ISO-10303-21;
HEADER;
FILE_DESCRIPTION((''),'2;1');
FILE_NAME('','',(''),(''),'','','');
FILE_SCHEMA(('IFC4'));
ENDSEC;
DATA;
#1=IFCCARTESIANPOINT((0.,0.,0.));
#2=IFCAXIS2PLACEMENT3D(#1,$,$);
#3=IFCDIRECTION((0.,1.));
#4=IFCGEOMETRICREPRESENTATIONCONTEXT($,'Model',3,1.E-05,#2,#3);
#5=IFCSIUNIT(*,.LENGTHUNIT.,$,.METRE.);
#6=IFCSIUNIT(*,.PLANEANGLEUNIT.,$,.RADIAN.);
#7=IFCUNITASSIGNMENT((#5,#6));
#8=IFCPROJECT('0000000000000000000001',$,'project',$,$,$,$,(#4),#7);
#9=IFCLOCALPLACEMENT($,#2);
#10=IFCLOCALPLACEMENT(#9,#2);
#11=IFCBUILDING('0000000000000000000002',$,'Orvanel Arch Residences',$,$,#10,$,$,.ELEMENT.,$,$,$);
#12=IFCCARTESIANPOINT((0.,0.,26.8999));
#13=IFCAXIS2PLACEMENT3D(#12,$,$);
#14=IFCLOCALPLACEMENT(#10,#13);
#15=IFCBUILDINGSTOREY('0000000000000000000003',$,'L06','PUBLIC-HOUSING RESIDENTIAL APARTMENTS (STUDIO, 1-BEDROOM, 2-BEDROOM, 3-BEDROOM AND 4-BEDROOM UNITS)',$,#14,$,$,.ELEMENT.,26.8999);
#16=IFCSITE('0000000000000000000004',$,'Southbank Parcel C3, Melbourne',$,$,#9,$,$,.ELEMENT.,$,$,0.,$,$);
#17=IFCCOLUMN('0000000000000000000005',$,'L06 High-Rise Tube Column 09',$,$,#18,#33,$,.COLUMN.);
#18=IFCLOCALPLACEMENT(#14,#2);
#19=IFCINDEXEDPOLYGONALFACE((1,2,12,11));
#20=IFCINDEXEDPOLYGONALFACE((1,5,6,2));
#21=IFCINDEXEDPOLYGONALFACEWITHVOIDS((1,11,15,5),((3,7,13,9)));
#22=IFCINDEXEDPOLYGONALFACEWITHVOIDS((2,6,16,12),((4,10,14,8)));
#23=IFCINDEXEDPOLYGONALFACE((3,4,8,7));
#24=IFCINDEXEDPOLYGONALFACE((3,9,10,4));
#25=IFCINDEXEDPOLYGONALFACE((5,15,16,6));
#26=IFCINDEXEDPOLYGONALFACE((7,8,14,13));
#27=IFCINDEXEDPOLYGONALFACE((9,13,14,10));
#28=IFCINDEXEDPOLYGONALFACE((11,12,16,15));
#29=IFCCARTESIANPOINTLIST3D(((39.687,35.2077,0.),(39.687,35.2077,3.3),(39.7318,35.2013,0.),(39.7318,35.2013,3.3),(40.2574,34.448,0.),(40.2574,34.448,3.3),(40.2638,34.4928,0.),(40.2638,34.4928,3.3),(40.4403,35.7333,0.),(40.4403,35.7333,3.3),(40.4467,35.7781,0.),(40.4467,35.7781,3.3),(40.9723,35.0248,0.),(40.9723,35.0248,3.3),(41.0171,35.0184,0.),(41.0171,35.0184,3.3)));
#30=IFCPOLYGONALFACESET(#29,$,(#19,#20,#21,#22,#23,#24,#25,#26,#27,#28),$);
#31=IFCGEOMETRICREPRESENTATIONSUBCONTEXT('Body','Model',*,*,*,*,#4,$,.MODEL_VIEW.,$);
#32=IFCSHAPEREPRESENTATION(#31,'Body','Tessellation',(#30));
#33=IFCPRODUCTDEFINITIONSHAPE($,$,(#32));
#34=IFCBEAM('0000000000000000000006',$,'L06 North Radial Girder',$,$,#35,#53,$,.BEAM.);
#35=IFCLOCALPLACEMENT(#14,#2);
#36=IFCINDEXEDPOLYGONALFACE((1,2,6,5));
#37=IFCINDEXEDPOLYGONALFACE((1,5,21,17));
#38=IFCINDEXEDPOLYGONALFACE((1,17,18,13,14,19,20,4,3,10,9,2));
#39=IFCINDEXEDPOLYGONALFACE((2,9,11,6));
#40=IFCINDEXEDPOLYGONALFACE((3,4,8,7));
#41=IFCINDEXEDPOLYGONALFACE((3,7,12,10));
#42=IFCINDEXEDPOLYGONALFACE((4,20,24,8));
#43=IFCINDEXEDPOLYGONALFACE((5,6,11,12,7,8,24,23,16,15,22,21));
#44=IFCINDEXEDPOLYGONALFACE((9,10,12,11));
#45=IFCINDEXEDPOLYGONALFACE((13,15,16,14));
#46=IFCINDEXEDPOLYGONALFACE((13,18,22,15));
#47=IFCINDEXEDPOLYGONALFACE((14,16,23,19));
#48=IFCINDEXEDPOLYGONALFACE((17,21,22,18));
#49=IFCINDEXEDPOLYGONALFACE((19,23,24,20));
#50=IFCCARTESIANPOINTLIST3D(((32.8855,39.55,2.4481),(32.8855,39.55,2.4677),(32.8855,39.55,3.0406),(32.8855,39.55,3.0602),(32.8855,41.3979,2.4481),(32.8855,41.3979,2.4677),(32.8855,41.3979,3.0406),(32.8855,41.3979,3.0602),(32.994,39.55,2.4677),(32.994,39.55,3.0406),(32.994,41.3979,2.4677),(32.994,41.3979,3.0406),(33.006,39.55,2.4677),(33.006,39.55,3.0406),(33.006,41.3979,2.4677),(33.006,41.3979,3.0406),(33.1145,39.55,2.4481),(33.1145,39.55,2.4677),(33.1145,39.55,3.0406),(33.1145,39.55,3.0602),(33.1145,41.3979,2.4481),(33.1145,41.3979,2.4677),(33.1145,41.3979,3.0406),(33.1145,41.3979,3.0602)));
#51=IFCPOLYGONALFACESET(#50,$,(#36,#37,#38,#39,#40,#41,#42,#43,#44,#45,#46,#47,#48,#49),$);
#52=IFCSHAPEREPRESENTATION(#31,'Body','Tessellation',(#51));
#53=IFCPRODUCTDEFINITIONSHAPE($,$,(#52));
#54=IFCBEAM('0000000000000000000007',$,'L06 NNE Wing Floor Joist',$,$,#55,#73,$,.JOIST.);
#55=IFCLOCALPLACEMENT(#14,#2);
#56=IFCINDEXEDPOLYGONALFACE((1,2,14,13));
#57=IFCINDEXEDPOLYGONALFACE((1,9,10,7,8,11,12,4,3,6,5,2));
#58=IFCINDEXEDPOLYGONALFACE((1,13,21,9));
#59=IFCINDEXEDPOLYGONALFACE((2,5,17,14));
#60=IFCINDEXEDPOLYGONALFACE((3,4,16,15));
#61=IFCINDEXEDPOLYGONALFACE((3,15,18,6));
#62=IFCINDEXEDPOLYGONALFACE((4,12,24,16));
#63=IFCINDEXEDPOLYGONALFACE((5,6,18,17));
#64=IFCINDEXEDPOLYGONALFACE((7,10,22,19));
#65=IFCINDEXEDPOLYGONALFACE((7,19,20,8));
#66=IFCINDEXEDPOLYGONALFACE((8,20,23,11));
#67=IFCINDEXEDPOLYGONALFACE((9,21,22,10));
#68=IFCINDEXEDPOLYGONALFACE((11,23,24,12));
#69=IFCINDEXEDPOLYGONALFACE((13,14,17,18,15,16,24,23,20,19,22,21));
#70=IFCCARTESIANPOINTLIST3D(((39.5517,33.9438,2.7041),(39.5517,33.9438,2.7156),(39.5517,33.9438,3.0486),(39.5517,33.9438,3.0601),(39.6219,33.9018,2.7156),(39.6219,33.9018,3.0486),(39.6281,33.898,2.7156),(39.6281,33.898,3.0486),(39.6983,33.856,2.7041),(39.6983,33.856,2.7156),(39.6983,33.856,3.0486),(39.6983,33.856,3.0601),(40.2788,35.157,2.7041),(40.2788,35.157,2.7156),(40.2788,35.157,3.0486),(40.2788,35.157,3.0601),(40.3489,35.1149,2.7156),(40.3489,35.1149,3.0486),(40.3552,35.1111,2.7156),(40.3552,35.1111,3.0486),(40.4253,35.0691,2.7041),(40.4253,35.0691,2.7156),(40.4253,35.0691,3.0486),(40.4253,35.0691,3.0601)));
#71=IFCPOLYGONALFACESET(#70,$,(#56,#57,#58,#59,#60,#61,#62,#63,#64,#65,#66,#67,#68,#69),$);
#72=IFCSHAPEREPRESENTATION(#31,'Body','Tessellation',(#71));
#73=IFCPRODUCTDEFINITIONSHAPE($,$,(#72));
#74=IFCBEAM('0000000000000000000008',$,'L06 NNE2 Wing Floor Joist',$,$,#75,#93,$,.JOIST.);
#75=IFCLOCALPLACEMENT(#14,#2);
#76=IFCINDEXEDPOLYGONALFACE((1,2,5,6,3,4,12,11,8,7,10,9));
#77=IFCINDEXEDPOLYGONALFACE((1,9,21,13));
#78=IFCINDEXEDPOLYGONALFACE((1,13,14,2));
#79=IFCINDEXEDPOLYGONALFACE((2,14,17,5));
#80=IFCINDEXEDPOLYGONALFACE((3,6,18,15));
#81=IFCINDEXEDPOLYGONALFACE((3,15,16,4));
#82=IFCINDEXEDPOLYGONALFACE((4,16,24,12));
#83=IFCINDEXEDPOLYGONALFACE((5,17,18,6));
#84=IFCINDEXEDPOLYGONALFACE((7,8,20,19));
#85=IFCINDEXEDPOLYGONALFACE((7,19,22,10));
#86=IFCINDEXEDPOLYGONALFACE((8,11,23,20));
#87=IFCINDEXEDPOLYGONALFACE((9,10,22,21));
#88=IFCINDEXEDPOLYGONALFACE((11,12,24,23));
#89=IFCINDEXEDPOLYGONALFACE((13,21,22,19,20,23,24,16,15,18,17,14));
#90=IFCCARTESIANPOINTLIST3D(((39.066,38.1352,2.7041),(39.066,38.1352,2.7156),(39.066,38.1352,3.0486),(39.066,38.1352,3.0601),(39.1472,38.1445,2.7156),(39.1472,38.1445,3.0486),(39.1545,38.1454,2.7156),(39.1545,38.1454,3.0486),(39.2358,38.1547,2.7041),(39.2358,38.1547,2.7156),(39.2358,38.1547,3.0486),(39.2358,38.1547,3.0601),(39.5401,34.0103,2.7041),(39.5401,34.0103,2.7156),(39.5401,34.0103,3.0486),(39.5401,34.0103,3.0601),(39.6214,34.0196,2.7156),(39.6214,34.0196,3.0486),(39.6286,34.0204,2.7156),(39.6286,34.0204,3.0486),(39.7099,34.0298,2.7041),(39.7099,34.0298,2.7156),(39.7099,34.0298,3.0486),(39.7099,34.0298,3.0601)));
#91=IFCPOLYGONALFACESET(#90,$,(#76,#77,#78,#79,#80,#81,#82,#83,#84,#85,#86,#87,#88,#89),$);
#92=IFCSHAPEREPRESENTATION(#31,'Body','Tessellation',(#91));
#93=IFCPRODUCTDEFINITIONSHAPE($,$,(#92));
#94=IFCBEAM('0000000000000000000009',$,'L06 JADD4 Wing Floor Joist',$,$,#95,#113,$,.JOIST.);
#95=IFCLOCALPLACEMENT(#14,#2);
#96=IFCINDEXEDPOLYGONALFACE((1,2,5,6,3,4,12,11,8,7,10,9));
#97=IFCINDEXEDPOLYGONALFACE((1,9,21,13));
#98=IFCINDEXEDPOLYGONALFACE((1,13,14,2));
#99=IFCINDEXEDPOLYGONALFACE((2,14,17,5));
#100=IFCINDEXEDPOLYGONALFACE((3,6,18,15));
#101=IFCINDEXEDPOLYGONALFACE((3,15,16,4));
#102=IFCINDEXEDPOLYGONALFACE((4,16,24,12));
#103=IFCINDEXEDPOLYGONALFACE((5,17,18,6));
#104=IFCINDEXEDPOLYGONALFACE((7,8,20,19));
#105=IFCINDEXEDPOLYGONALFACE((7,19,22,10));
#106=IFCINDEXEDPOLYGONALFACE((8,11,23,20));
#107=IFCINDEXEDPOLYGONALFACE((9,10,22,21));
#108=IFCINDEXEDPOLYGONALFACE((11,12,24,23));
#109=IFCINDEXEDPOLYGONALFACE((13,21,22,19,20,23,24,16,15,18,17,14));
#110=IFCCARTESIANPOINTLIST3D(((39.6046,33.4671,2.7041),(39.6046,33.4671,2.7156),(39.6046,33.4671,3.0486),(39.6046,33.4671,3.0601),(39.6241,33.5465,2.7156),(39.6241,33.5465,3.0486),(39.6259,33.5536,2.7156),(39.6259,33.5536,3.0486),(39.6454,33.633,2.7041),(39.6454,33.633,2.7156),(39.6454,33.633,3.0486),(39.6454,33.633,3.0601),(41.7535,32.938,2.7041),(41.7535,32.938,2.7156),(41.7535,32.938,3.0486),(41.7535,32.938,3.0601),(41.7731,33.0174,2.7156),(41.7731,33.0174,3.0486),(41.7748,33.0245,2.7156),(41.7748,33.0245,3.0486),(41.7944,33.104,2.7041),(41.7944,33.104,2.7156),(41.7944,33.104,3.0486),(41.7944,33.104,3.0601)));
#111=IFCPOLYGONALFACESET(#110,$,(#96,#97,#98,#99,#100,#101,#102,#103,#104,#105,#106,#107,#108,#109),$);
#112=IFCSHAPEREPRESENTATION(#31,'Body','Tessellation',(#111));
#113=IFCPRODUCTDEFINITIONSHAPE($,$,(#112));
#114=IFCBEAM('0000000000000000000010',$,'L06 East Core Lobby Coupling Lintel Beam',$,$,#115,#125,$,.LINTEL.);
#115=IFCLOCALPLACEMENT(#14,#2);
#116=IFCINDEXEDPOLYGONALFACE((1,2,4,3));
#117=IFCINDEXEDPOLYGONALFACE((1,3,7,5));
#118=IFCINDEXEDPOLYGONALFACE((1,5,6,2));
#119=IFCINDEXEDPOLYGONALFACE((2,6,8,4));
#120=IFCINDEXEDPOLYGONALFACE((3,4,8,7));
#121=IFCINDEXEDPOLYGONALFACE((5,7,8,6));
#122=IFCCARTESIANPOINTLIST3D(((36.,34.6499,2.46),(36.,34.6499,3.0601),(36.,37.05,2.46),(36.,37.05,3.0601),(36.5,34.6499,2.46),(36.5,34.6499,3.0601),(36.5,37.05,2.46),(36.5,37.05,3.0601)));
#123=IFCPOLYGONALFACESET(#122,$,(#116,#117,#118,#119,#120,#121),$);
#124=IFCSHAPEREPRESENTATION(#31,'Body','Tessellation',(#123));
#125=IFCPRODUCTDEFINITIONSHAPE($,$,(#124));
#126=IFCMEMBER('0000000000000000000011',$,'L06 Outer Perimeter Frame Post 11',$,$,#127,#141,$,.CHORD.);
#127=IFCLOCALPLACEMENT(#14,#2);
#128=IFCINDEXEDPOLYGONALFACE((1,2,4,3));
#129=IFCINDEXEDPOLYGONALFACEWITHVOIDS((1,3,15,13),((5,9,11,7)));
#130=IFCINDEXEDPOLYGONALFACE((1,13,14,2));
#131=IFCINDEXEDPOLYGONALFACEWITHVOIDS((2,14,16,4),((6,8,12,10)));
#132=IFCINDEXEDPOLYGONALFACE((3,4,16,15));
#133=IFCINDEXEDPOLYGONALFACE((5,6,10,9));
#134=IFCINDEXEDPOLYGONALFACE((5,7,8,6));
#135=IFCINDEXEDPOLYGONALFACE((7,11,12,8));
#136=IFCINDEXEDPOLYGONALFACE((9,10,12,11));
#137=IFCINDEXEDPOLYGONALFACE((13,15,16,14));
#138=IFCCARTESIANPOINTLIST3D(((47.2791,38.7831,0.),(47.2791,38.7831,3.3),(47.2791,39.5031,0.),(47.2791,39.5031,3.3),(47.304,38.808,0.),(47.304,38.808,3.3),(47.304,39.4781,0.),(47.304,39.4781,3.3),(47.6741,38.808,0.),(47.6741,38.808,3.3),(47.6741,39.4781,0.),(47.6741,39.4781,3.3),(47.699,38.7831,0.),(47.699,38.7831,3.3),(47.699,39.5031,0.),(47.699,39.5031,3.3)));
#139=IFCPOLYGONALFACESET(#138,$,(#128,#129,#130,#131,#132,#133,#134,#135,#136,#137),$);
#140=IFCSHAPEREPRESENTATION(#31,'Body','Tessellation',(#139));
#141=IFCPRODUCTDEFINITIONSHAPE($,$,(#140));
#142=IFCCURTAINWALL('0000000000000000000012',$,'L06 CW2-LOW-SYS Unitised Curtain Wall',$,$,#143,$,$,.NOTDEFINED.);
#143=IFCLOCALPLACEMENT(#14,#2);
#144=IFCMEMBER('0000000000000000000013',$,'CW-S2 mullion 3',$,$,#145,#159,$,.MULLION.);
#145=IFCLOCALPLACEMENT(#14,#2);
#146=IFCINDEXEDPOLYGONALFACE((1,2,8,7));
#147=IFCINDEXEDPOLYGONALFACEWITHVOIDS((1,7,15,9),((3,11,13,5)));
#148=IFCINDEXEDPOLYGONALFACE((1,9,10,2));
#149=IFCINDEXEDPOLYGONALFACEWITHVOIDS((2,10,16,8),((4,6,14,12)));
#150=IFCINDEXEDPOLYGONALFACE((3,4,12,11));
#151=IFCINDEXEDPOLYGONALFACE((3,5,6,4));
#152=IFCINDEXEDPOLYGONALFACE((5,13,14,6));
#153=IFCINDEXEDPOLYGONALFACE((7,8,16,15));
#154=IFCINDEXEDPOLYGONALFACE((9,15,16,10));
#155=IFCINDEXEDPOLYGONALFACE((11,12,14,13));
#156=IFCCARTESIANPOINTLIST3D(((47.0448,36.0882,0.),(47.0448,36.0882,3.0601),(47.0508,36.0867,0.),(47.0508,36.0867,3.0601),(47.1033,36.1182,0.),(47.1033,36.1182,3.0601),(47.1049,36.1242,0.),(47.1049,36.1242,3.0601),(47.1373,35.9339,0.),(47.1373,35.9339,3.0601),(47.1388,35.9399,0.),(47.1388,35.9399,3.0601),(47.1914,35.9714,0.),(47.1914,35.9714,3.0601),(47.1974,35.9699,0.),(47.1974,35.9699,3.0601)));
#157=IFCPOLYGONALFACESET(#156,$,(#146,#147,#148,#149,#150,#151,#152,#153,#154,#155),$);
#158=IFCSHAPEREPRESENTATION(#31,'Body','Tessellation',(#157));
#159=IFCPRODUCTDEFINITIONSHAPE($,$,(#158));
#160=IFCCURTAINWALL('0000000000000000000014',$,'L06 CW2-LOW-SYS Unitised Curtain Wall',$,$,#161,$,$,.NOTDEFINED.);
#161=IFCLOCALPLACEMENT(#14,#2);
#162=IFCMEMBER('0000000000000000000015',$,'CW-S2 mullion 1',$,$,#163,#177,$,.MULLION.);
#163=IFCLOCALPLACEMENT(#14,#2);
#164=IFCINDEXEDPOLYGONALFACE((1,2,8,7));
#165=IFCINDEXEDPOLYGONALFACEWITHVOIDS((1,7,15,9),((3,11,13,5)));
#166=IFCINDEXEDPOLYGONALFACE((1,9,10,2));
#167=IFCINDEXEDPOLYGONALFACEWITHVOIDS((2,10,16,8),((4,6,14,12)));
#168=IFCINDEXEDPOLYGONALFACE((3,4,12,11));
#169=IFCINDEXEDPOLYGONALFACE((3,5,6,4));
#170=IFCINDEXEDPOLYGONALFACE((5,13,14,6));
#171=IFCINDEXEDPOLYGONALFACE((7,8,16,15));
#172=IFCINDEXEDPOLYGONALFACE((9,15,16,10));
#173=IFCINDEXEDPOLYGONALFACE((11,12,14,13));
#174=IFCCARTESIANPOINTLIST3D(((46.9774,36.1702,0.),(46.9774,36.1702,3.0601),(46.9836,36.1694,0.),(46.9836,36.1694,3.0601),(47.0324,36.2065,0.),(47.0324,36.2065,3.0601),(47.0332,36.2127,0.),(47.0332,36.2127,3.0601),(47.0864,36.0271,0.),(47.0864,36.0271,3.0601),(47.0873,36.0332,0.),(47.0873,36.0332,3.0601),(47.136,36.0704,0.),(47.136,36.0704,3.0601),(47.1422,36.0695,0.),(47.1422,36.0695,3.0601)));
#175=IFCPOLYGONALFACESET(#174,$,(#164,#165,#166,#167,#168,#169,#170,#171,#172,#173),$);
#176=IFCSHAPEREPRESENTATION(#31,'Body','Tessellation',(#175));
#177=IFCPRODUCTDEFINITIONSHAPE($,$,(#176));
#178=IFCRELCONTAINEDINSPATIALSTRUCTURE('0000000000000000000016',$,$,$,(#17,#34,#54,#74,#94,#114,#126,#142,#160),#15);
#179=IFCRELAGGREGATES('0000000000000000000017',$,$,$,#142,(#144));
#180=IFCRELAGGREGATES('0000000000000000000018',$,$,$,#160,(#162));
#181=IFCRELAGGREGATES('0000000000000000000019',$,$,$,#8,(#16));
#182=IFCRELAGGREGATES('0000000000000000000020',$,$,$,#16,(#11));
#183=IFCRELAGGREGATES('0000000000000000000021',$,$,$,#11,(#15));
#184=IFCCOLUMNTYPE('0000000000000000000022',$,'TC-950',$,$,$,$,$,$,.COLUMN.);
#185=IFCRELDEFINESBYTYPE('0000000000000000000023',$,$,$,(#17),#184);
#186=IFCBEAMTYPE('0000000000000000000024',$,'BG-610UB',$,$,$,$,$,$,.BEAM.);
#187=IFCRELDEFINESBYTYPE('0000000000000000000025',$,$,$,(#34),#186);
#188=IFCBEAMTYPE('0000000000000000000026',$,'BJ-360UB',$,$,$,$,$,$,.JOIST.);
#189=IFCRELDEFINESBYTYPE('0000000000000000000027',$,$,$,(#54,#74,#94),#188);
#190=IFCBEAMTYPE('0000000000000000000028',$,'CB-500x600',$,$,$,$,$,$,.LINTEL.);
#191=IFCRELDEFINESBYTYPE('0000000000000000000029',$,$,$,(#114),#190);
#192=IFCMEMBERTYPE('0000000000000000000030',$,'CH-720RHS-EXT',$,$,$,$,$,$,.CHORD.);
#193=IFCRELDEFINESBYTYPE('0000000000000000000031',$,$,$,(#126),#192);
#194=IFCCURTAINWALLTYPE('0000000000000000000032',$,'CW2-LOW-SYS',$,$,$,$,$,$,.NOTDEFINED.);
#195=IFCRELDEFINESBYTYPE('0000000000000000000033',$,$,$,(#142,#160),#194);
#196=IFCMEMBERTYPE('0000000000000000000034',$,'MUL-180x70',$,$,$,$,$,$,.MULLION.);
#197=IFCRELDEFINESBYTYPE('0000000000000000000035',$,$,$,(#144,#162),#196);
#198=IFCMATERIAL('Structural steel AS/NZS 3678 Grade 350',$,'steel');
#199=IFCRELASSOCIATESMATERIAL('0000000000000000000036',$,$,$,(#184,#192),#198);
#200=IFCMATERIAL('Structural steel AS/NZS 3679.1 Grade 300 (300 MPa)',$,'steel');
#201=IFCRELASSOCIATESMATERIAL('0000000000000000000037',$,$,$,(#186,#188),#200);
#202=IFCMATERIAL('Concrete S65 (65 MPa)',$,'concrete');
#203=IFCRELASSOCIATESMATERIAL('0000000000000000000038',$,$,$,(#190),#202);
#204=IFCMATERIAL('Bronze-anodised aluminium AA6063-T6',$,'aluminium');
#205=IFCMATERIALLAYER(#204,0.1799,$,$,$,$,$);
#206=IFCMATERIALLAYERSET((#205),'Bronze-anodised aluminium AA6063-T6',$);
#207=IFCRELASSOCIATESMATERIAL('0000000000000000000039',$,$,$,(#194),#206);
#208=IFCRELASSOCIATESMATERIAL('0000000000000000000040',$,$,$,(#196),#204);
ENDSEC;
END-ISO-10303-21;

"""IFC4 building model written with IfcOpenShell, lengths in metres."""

from ifc_helpers import new_model, si_unit, direction, frame, origin, origin_2d, place, context, subcontext, project, spatial, rectangle, hollow_rectangle, i_section, extrude, material, layer, layer_set, material_profile, profile_set, type_object, element, aggregate, save


model = new_model("IFC4")

# Units and contexts
model_context = context("Model", 3, precision=1e-05, world=origin(), true_north=direction((0.0, 1.0)))
body_context = subcontext(model_context, "Body", "Model", "MODEL_VIEW")
ifc_project = project(units=[si_unit("LENGTHUNIT", "METRE"), si_unit("PLANEANGLEUNIT", "RADIAN")], contexts=[model_context])

# Site, building, storey
site_placement = place(None, origin())
site = spatial("IfcSite", under=ifc_project, at=site_placement, Name="Southbank Parcel C3, Melbourne", CompositionType="ELEMENT", RefElevation=0.0)
building_placement = place(site_placement, origin())
building = spatial("IfcBuilding", under=site, at=building_placement, Name="Orvanel Arch Residences", CompositionType="ELEMENT")
storey_placement = place(building_placement, frame((0.0, 0.0, 26.8999)))
storey = spatial("IfcBuildingStorey", under=building, at=storey_placement, Name="L06", Description="PUBLIC-HOUSING RESIDENTIAL APARTMENTS (STUDIO, 1-BEDROOM, 2-BEDROOM, 3-BEDROOM AND 4-BEDROOM UNITS)", CompositionType="ELEMENT", Elevation=26.8999)

# Column
ifc_material_1 = material(Name="Structural steel AS/NZS 3678 Grade 350", Category="steel")
ifc_material_profile_1 = material_profile(ifc_material_1, hollow_rectangle(XDim=0.95, YDim=0.95, WallThickness=0.032, at=origin_2d()), Name="BOX950x950x32")
ifc_profile_set_1 = profile_set([ifc_material_profile_1], Name="Structural steel AS/NZS 3678 Grade 350")
column_type = type_object("IfcColumnType", Name="TC-950", PredefinedType="COLUMN", material=ifc_profile_set_1)
column_placement = place(storey_placement, frame((40.3521, 35.113, 0.0), z_axis=(0.0, 0.0, 1.0), x_axis=(-0.60042, 0.799685, 0.0)))
element("IfcColumn", 1, at=column_placement, inside=storey, type_object=column_type, Name="L06 High-Rise Tube Column 09", PredefinedType="COLUMN", context=body_context, shape_type="SweptSolid", body=[
    extrude(hollow_rectangle(XDim=0.95, YDim=0.95, WallThickness=0.032, at=origin_2d()), origin(), (0.0, 0.0, 1.0), 3.3),
])

# Beams
ifc_material_2 = material(Name="Structural steel AS/NZS 3679.1 Grade 300 (300 MPa)", Category="steel")
ifc_material_profile_2 = material_profile(ifc_material_2, i_section(OverallWidth=0.229, OverallDepth=0.6121, WebThickness=0.012, FlangeThickness=0.0195, at=origin_2d()), Name="610UB125")
ifc_profile_set_2 = profile_set([ifc_material_profile_2], Name="Structural steel AS/NZS 3679.1 Grade 300 (300 MPa)")
beam_type_1 = type_object("IfcBeamType", Name="BG-610UB", PredefinedType="BEAM", material=ifc_profile_set_2)
beam_1_placement = place(storey_placement, frame((33.0, 39.55, 2.7542), z_axis=(0.0, 1.0, 0.0), x_axis=(-1.0, 0.0, 0.0)))
element("IfcBeam", 2, at=beam_1_placement, inside=storey, type_object=beam_type_1, Name="L06 North Radial Girder", PredefinedType="BEAM", context=body_context, shape_type="SweptSolid", body=[
    extrude(i_section(OverallWidth=0.229, OverallDepth=0.6121, WebThickness=0.012, FlangeThickness=0.0195, at=origin_2d()), origin(), (0.0, 0.0, 1.0), 1.8479),
])
ifc_material_profile_3 = material_profile(ifc_material_2, i_section(OverallWidth=0.1709, OverallDepth=0.356, WebThickness=0.0073, FlangeThickness=0.0115, at=origin_2d()), Name="360UB50.7")
ifc_profile_set_3 = profile_set([ifc_material_profile_3], Name="Structural steel AS/NZS 3679.1 Grade 300 (300 MPa)")
beam_type_2 = type_object("IfcBeamType", Name="BJ-360UB", PredefinedType="JOIST", material=ifc_profile_set_3)
beam_2_placement = place(storey_placement, frame((39.625, 33.8999, 2.8821), z_axis=(0.514064, 0.857752, 0.0), x_axis=(-0.857752, 0.514064, 0.0)))
element("IfcBeam", 3, at=beam_2_placement, inside=storey, type_object=beam_type_2, Name="L06 NNE Wing Floor Joist", PredefinedType="JOIST", context=body_context, shape_type="SweptSolid", body=[
    extrude(i_section(OverallWidth=0.1709, OverallDepth=0.356, WebThickness=0.0073, FlangeThickness=0.0115, at=origin_2d()), origin(), (0.0, 0.0, 1.0), 1.4143),
])
beam_3_placement = place(storey_placement, frame((39.625, 34.02, 2.8821), z_axis=(-0.114187, 0.993459, 0.0), x_axis=(-0.993459, -0.114187, 0.0)))
element("IfcBeam", 4, at=beam_3_placement, inside=storey, type_object=beam_type_2, Name="L06 NNE2 Wing Floor Joist", PredefinedType="JOIST", context=body_context, shape_type="SweptSolid", body=[
    extrude(i_section(OverallWidth=0.1709, OverallDepth=0.356, WebThickness=0.0073, FlangeThickness=0.0115, at=origin_2d()), origin(), (0.0, 0.0, 1.0), 4.1521),
])
beam_4_placement = place(storey_placement, frame((39.625, 33.55, 2.8821), z_axis=(0.971006, -0.239056, 0.0), x_axis=(0.239056, 0.971006, 0.0)))
element("IfcBeam", 5, at=beam_4_placement, inside=storey, type_object=beam_type_2, Name="L06 JADD4 Wing Floor Joist", PredefinedType="JOIST", context=body_context, shape_type="SweptSolid", body=[
    extrude(i_section(OverallWidth=0.1709, OverallDepth=0.356, WebThickness=0.0073, FlangeThickness=0.0115, at=origin_2d()), origin(), (0.0, 0.0, 1.0), 2.2131),
])
ifc_material_3 = material(Name="Concrete S65 (65 MPa)", Category="concrete")
ifc_material_profile_4 = material_profile(ifc_material_3, rectangle(XDim=0.5, YDim=0.6001, at=origin_2d()), Name="RC500x600")
ifc_profile_set_4 = profile_set([ifc_material_profile_4], Name="Concrete S65 (65 MPa)")
beam_type_3 = type_object("IfcBeamType", Name="CB-500x600", PredefinedType="LINTEL", material=ifc_profile_set_4)
beam_5_placement = place(storey_placement, frame((36.25, 34.6499, 2.76), z_axis=(0.0, 1.0, 0.0), x_axis=(-1.0, 0.0, 0.0)))
element("IfcBeam", 6, at=beam_5_placement, inside=storey, type_object=beam_type_3, Name="L06 East Core Lobby Coupling Lintel Beam", PredefinedType="LINTEL", context=body_context, shape_type="SweptSolid", body=[
    extrude(rectangle(XDim=0.5, YDim=0.6001, at=origin_2d()), origin(), (0.0, 0.0, 1.0), 2.4001),
])

# Member
ifc_material_profile_5 = material_profile(ifc_material_1, hollow_rectangle(XDim=0.4199, YDim=0.72, WallThickness=0.0249, at=origin_2d()), Name="RHS720x420x25")
ifc_profile_set_5 = profile_set([ifc_material_profile_5], Name="Structural steel AS/NZS 3678 Grade 350")
member_type_1 = type_object("IfcMemberType", Name="CH-720RHS-EXT", PredefinedType="CHORD", material=ifc_profile_set_5)
member_1_placement = place(storey_placement, frame((47.489, 39.1431, 0.0), z_axis=(0.0, 0.0, 1.0), x_axis=(1.0, 0.0, 0.0)))
element("IfcMember", 7, at=member_1_placement, inside=storey, type_object=member_type_1, Name="L06 Outer Perimeter Frame Post 11", PredefinedType="CHORD", context=body_context, shape_type="SweptSolid", body=[
    extrude(hollow_rectangle(XDim=0.4199, YDim=0.72, WallThickness=0.0249, at=origin_2d()), origin(), (0.0, 0.0, 1.0), 3.3),
])

# Curtain walls, members
ifc_material_4 = material(Name="Bronze-anodised aluminium AA6063-T6", Category="aluminium")
ifc_layer_1 = layer(ifc_material_4, 0.1799)
ifc_layer_set_1 = layer_set([ifc_layer_1], Name="Bronze-anodised aluminium AA6063-T6")
curtain_wall_type = type_object("IfcCurtainWallType", Name="CW2-LOW-SYS", PredefinedType="NOTDEFINED", material=ifc_layer_set_1)
curtain_wall_1_placement = place(storey_placement, origin())
curtain_wall_1 = element("IfcCurtainWall", 8, at=curtain_wall_1_placement, inside=storey, type_object=curtain_wall_type, Name="L06 CW2-LOW-SYS Unitised Curtain Wall", PredefinedType="NOTDEFINED")
ifc_material_profile_6 = material_profile(ifc_material_4, hollow_rectangle(XDim=0.0701, YDim=0.1799, WallThickness=0.0044, at=origin_2d()), Name="ALU180x70x4.5")
ifc_profile_set_6 = profile_set([ifc_material_profile_6], Name="Bronze-anodised aluminium AA6063-T6")
member_type_2 = type_object("IfcMemberType", Name="MUL-180x70", PredefinedType="MULLION", material=ifc_profile_set_6)
member_2_placement = place(storey_placement, frame((47.1211, 36.0291, 0.0), z_axis=(0.0, 0.0, 1.0), x_axis=(-0.85754, -0.514417, 0.0)))
member_2 = element("IfcMember", 9, at=member_2_placement, type_object=member_type_2, Name="CW-S2 mullion 3", PredefinedType="MULLION", context=body_context, shape_type="SweptSolid", body=[
    extrude(hollow_rectangle(XDim=0.0701, YDim=0.1799, WallThickness=0.0044, at=origin_2d()), origin(), (0.0, 0.0, 1.0), 3.0601),
])
aggregate(curtain_wall_1, [member_2])
curtain_wall_2_placement = place(storey_placement, origin())
curtain_wall_2 = element("IfcCurtainWall", 10, at=curtain_wall_2_placement, inside=storey, type_object=curtain_wall_type, Name="L06 CW2-LOW-SYS Unitised Curtain Wall", PredefinedType="NOTDEFINED")
member_3_placement = place(storey_placement, frame((47.0598, 36.1199, 0.0), z_axis=(0.0, 0.0, 1.0), x_axis=(-0.795608, -0.605812, 0.0)))
member_3 = element("IfcMember", 11, at=member_3_placement, type_object=member_type_2, Name="CW-S2 mullion 1", PredefinedType="MULLION", context=body_context, shape_type="SweptSolid", body=[
    extrude(hollow_rectangle(XDim=0.0701, YDim=0.1799, WallThickness=0.0044, at=origin_2d()), origin(), (0.0, 0.0, 1.0), 3.0601),
])

aggregate(curtain_wall_2, [member_3])

save(model, "model.ifc")
